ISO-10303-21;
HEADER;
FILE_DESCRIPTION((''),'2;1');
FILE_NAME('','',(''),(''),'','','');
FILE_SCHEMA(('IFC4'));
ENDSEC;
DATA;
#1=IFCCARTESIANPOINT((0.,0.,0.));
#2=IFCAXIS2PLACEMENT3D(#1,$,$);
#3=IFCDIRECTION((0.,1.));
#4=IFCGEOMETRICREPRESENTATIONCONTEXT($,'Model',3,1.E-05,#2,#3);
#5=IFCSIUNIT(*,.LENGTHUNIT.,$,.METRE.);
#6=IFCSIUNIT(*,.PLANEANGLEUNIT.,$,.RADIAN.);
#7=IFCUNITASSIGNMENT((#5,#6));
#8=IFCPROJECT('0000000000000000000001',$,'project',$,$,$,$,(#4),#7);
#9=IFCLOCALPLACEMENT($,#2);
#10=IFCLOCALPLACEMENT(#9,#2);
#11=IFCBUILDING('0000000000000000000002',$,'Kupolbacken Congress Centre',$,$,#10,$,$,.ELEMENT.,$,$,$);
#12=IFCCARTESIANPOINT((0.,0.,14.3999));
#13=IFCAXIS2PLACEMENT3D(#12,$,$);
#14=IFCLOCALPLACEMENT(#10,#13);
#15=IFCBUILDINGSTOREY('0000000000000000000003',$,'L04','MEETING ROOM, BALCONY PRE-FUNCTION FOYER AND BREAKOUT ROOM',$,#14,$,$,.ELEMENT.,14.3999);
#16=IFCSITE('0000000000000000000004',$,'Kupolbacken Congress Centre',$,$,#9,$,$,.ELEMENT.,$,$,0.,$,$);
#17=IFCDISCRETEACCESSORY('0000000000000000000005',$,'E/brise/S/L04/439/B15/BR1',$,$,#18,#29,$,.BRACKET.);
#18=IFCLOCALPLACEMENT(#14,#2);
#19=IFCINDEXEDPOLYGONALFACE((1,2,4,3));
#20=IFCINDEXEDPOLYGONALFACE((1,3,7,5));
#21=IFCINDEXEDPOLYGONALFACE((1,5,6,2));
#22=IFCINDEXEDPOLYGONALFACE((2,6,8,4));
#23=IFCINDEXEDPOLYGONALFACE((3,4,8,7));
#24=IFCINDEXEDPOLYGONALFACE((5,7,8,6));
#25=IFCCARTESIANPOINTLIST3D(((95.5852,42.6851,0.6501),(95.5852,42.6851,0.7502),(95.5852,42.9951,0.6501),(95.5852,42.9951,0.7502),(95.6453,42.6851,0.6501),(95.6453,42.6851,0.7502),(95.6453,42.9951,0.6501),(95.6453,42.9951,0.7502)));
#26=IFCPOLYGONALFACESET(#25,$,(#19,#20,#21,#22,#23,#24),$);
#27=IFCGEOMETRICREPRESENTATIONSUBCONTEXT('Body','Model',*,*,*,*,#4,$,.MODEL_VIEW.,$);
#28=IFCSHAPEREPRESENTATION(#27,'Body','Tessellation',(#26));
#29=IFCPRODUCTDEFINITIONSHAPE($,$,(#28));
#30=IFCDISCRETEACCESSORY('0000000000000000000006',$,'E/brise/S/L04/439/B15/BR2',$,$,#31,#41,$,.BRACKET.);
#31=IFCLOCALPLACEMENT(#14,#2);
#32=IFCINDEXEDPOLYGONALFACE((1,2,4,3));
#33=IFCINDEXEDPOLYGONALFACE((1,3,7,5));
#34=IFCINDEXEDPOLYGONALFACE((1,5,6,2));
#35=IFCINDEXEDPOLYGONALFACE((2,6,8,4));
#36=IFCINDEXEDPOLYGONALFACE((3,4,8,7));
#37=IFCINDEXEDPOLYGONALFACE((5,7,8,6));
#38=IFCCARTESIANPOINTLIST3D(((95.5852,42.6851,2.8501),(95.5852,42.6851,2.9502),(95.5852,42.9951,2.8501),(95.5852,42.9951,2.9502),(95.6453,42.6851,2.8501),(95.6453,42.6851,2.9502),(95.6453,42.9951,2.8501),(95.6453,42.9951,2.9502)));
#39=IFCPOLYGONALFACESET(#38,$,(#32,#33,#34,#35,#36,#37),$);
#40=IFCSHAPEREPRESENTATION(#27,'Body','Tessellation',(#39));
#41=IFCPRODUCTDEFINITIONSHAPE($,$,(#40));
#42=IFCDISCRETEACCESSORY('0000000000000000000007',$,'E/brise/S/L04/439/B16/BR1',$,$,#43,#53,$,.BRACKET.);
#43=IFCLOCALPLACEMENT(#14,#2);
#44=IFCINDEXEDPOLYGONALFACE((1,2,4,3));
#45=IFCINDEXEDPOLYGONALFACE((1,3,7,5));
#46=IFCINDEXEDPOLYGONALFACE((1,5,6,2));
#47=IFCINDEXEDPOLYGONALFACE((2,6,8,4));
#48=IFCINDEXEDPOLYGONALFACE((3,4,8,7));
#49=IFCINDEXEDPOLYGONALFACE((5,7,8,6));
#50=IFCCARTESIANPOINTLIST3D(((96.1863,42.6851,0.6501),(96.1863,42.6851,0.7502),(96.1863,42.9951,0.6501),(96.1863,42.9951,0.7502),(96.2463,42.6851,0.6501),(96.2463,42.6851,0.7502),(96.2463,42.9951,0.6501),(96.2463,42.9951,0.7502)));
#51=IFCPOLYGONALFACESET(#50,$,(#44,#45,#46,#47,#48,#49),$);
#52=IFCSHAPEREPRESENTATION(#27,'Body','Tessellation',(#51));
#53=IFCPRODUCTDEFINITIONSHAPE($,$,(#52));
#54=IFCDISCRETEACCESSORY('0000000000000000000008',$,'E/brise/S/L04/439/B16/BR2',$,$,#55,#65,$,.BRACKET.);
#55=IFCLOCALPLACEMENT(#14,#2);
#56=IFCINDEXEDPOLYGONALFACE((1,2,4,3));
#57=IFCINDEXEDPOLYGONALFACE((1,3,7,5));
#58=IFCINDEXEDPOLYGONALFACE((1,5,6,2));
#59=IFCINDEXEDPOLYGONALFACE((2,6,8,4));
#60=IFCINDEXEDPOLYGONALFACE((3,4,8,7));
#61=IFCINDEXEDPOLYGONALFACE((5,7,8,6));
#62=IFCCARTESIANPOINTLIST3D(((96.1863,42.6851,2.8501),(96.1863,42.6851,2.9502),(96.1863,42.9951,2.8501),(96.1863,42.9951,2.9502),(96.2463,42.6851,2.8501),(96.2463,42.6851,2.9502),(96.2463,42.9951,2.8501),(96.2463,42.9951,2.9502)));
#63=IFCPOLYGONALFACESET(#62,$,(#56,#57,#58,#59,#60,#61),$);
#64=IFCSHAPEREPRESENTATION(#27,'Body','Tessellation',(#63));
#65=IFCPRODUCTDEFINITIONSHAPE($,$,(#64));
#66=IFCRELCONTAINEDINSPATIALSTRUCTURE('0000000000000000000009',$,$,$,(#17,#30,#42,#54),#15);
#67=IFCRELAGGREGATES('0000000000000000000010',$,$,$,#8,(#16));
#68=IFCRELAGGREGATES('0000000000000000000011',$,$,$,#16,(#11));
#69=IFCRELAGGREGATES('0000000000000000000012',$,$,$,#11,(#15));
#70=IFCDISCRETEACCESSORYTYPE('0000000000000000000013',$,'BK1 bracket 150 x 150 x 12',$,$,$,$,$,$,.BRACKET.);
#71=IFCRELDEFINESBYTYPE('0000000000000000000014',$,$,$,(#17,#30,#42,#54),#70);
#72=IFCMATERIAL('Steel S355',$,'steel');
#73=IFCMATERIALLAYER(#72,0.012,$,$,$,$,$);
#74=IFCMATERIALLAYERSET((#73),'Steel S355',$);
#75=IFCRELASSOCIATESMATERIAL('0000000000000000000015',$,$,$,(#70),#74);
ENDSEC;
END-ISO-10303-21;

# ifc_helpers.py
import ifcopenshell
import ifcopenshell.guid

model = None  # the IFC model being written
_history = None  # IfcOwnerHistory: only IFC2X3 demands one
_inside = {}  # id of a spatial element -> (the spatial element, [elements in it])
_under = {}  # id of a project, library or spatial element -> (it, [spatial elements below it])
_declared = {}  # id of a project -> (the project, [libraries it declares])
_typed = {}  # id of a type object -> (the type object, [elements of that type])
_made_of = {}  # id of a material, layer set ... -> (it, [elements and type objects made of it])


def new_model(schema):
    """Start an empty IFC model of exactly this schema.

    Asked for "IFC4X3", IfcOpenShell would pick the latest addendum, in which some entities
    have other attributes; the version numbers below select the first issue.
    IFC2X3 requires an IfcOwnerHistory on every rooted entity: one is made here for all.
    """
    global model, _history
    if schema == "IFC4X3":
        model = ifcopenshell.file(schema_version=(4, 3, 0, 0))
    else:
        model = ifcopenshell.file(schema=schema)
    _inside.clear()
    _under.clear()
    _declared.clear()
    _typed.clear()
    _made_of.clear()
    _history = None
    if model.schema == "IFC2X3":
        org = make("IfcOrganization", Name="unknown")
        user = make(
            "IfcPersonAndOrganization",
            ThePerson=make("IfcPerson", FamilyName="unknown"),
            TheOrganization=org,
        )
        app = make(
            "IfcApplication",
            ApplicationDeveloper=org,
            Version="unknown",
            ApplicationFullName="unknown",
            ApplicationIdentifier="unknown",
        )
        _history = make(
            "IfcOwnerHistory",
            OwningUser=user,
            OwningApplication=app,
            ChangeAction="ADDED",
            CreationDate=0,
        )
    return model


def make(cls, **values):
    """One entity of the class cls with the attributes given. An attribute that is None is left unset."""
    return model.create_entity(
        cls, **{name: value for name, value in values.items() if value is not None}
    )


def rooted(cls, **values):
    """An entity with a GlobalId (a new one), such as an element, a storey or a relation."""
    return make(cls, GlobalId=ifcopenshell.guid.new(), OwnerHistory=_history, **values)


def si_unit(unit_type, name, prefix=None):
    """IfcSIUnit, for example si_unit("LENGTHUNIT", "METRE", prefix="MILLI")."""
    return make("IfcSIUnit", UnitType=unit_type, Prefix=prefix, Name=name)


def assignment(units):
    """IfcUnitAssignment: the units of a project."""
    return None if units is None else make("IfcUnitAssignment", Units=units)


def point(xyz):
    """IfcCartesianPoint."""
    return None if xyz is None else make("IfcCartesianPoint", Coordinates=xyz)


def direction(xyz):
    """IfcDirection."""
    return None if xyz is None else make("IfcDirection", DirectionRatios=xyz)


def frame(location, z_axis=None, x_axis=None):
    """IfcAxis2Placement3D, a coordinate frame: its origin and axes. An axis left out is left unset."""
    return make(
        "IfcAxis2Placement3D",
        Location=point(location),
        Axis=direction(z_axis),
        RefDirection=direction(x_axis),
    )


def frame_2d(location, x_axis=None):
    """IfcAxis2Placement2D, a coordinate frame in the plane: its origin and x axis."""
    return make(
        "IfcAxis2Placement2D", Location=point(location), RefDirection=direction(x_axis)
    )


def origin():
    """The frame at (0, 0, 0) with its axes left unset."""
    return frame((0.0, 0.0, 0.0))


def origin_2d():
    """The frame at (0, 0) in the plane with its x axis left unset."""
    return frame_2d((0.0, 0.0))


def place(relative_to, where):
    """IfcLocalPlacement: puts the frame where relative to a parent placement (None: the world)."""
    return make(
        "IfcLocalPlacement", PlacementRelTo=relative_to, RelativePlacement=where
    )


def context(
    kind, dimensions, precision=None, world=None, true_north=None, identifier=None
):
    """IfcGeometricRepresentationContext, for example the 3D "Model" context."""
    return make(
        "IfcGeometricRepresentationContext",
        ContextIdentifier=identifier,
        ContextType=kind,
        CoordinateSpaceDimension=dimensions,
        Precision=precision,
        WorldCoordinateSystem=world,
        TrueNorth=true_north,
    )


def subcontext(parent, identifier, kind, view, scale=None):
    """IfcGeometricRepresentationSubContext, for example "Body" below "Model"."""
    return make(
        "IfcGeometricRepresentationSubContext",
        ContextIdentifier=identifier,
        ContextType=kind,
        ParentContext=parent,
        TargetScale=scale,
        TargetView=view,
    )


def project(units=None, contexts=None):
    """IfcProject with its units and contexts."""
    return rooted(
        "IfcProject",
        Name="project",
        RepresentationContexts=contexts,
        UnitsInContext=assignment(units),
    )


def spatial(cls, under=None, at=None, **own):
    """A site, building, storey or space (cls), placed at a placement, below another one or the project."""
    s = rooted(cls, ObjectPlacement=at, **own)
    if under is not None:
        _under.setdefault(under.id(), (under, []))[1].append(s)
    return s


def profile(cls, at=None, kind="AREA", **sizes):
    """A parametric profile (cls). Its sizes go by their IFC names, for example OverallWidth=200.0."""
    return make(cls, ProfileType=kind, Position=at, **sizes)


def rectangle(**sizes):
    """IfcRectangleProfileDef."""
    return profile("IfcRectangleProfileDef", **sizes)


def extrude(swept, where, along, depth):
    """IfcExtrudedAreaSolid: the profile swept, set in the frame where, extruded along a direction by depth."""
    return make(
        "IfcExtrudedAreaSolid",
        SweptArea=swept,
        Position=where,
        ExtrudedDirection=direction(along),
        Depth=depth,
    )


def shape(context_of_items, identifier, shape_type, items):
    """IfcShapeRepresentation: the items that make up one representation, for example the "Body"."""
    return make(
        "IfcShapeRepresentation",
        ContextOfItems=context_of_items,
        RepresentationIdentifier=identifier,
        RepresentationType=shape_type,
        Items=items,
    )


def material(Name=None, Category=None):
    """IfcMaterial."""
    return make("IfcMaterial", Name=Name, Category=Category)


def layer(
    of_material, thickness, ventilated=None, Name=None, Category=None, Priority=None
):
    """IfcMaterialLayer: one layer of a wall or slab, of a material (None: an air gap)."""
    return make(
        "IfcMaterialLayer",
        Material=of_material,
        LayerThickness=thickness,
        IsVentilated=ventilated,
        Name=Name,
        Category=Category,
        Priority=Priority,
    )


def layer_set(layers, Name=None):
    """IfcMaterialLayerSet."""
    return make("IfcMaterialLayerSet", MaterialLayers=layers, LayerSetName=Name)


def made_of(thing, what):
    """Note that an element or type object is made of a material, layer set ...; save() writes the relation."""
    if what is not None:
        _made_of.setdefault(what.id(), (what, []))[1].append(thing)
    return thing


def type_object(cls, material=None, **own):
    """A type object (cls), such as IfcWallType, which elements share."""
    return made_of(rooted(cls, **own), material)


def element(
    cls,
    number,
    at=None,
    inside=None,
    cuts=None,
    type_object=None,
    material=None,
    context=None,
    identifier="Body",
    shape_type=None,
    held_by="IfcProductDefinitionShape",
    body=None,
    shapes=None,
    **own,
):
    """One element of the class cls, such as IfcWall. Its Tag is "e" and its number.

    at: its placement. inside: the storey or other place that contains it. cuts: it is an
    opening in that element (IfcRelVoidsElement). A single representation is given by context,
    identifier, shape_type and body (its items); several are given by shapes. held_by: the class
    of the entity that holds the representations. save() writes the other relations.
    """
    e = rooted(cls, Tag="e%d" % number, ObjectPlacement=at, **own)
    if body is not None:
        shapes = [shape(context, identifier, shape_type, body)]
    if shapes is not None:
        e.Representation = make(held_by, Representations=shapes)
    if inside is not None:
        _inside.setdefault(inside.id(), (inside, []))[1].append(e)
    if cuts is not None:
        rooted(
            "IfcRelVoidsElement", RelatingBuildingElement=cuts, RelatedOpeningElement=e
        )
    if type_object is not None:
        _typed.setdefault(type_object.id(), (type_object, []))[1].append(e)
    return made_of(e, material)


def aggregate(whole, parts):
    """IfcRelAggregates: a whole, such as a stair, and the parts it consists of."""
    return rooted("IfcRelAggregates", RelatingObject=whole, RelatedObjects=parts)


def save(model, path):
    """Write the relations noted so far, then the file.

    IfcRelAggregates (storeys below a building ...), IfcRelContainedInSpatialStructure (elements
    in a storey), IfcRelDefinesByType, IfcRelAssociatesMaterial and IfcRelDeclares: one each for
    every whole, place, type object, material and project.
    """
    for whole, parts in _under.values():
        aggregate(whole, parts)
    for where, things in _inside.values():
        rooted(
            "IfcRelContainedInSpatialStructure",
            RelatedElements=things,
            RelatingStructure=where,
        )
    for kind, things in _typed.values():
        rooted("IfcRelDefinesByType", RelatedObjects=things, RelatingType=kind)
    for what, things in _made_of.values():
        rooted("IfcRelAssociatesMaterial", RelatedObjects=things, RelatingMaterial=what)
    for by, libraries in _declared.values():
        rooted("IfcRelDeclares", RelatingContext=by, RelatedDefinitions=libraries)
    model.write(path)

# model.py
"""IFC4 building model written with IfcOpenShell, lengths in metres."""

from ifc_helpers import new_model, si_unit, direction, frame, origin, origin_2d, place, context, subcontext, project, spatial, rectangle, extrude, material, layer, layer_set, type_object, element, save


model = new_model("IFC4")

# Units and contexts
model_context = context("Model", 3, precision=1e-05, world=origin(), true_north=direction((0.0, 1.0)))
body_context = subcontext(model_context, "Body", "Model", "MODEL_VIEW")
ifc_project = project(units=[si_unit("LENGTHUNIT", "METRE"), si_unit("PLANEANGLEUNIT", "RADIAN")], contexts=[model_context])

# Site, building, storey
site_placement = place(None, origin())
site = spatial("IfcSite", under=ifc_project, at=site_placement, Name="Kupolbacken Congress Centre", CompositionType="ELEMENT", RefElevation=0.0)
building_placement = place(site_placement, origin())
building = spatial("IfcBuilding", under=site, at=building_placement, Name="Kupolbacken Congress Centre", CompositionType="ELEMENT")
storey_placement = place(building_placement, frame((0.0, 0.0, 14.3999)))
storey = spatial("IfcBuildingStorey", under=building, at=storey_placement, Name="L04", Description="MEETING ROOM, BALCONY PRE-FUNCTION FOYER AND BREAKOUT ROOM", CompositionType="ELEMENT", Elevation=14.3999)

# Discrete accessories
ifc_material_1 = material(Name="Steel S355", Category="steel")
ifc_layer_1 = layer(ifc_material_1, 0.012)
ifc_layer_set_1 = layer_set([ifc_layer_1], Name="Steel S355")
discrete_accessory_type = type_object("IfcDiscreteAccessoryType", Name="BK1 bracket 150 x 150 x 12", PredefinedType="BRACKET", material=ifc_layer_set_1)
for number, where, z_axis, x_axis, name in (
    (1, (95.6152, 42.8401, 0.6501), (0.0, 0.0, 1.0), (1.0, 0.0, 0.0), "E/brise/S/L04/439/B15/BR1"),
    (2, (95.6152, 42.8401, 2.8501), (0.0, 0.0, 1.0), (1.0, 0.0, 0.0), "E/brise/S/L04/439/B15/BR2"),
    (3, (96.2163, 42.8401, 0.6501), (0.0, 0.0, 1.0), (1.0, 0.0, 0.0), "E/brise/S/L04/439/B16/BR1"),
    (4, (96.2163, 42.8401, 2.8501), (0.0, 0.0, 1.0), (1.0, 0.0, 0.0), "E/brise/S/L04/439/B16/BR2"),
):
    element("IfcDiscreteAccessory", number, at=place(storey_placement, frame(where, z_axis=z_axis, x_axis=x_axis)), inside=storey, type_object=discrete_accessory_type, Name=name, PredefinedType="BRACKET", context=body_context, shape_type="SweptSolid", body=[
        extrude(rectangle(XDim=0.0601, YDim=0.3101, at=origin_2d()), origin(), (0.0, 0.0, 1.0), 0.1001),
    ])

save(model, "model.ifc")
